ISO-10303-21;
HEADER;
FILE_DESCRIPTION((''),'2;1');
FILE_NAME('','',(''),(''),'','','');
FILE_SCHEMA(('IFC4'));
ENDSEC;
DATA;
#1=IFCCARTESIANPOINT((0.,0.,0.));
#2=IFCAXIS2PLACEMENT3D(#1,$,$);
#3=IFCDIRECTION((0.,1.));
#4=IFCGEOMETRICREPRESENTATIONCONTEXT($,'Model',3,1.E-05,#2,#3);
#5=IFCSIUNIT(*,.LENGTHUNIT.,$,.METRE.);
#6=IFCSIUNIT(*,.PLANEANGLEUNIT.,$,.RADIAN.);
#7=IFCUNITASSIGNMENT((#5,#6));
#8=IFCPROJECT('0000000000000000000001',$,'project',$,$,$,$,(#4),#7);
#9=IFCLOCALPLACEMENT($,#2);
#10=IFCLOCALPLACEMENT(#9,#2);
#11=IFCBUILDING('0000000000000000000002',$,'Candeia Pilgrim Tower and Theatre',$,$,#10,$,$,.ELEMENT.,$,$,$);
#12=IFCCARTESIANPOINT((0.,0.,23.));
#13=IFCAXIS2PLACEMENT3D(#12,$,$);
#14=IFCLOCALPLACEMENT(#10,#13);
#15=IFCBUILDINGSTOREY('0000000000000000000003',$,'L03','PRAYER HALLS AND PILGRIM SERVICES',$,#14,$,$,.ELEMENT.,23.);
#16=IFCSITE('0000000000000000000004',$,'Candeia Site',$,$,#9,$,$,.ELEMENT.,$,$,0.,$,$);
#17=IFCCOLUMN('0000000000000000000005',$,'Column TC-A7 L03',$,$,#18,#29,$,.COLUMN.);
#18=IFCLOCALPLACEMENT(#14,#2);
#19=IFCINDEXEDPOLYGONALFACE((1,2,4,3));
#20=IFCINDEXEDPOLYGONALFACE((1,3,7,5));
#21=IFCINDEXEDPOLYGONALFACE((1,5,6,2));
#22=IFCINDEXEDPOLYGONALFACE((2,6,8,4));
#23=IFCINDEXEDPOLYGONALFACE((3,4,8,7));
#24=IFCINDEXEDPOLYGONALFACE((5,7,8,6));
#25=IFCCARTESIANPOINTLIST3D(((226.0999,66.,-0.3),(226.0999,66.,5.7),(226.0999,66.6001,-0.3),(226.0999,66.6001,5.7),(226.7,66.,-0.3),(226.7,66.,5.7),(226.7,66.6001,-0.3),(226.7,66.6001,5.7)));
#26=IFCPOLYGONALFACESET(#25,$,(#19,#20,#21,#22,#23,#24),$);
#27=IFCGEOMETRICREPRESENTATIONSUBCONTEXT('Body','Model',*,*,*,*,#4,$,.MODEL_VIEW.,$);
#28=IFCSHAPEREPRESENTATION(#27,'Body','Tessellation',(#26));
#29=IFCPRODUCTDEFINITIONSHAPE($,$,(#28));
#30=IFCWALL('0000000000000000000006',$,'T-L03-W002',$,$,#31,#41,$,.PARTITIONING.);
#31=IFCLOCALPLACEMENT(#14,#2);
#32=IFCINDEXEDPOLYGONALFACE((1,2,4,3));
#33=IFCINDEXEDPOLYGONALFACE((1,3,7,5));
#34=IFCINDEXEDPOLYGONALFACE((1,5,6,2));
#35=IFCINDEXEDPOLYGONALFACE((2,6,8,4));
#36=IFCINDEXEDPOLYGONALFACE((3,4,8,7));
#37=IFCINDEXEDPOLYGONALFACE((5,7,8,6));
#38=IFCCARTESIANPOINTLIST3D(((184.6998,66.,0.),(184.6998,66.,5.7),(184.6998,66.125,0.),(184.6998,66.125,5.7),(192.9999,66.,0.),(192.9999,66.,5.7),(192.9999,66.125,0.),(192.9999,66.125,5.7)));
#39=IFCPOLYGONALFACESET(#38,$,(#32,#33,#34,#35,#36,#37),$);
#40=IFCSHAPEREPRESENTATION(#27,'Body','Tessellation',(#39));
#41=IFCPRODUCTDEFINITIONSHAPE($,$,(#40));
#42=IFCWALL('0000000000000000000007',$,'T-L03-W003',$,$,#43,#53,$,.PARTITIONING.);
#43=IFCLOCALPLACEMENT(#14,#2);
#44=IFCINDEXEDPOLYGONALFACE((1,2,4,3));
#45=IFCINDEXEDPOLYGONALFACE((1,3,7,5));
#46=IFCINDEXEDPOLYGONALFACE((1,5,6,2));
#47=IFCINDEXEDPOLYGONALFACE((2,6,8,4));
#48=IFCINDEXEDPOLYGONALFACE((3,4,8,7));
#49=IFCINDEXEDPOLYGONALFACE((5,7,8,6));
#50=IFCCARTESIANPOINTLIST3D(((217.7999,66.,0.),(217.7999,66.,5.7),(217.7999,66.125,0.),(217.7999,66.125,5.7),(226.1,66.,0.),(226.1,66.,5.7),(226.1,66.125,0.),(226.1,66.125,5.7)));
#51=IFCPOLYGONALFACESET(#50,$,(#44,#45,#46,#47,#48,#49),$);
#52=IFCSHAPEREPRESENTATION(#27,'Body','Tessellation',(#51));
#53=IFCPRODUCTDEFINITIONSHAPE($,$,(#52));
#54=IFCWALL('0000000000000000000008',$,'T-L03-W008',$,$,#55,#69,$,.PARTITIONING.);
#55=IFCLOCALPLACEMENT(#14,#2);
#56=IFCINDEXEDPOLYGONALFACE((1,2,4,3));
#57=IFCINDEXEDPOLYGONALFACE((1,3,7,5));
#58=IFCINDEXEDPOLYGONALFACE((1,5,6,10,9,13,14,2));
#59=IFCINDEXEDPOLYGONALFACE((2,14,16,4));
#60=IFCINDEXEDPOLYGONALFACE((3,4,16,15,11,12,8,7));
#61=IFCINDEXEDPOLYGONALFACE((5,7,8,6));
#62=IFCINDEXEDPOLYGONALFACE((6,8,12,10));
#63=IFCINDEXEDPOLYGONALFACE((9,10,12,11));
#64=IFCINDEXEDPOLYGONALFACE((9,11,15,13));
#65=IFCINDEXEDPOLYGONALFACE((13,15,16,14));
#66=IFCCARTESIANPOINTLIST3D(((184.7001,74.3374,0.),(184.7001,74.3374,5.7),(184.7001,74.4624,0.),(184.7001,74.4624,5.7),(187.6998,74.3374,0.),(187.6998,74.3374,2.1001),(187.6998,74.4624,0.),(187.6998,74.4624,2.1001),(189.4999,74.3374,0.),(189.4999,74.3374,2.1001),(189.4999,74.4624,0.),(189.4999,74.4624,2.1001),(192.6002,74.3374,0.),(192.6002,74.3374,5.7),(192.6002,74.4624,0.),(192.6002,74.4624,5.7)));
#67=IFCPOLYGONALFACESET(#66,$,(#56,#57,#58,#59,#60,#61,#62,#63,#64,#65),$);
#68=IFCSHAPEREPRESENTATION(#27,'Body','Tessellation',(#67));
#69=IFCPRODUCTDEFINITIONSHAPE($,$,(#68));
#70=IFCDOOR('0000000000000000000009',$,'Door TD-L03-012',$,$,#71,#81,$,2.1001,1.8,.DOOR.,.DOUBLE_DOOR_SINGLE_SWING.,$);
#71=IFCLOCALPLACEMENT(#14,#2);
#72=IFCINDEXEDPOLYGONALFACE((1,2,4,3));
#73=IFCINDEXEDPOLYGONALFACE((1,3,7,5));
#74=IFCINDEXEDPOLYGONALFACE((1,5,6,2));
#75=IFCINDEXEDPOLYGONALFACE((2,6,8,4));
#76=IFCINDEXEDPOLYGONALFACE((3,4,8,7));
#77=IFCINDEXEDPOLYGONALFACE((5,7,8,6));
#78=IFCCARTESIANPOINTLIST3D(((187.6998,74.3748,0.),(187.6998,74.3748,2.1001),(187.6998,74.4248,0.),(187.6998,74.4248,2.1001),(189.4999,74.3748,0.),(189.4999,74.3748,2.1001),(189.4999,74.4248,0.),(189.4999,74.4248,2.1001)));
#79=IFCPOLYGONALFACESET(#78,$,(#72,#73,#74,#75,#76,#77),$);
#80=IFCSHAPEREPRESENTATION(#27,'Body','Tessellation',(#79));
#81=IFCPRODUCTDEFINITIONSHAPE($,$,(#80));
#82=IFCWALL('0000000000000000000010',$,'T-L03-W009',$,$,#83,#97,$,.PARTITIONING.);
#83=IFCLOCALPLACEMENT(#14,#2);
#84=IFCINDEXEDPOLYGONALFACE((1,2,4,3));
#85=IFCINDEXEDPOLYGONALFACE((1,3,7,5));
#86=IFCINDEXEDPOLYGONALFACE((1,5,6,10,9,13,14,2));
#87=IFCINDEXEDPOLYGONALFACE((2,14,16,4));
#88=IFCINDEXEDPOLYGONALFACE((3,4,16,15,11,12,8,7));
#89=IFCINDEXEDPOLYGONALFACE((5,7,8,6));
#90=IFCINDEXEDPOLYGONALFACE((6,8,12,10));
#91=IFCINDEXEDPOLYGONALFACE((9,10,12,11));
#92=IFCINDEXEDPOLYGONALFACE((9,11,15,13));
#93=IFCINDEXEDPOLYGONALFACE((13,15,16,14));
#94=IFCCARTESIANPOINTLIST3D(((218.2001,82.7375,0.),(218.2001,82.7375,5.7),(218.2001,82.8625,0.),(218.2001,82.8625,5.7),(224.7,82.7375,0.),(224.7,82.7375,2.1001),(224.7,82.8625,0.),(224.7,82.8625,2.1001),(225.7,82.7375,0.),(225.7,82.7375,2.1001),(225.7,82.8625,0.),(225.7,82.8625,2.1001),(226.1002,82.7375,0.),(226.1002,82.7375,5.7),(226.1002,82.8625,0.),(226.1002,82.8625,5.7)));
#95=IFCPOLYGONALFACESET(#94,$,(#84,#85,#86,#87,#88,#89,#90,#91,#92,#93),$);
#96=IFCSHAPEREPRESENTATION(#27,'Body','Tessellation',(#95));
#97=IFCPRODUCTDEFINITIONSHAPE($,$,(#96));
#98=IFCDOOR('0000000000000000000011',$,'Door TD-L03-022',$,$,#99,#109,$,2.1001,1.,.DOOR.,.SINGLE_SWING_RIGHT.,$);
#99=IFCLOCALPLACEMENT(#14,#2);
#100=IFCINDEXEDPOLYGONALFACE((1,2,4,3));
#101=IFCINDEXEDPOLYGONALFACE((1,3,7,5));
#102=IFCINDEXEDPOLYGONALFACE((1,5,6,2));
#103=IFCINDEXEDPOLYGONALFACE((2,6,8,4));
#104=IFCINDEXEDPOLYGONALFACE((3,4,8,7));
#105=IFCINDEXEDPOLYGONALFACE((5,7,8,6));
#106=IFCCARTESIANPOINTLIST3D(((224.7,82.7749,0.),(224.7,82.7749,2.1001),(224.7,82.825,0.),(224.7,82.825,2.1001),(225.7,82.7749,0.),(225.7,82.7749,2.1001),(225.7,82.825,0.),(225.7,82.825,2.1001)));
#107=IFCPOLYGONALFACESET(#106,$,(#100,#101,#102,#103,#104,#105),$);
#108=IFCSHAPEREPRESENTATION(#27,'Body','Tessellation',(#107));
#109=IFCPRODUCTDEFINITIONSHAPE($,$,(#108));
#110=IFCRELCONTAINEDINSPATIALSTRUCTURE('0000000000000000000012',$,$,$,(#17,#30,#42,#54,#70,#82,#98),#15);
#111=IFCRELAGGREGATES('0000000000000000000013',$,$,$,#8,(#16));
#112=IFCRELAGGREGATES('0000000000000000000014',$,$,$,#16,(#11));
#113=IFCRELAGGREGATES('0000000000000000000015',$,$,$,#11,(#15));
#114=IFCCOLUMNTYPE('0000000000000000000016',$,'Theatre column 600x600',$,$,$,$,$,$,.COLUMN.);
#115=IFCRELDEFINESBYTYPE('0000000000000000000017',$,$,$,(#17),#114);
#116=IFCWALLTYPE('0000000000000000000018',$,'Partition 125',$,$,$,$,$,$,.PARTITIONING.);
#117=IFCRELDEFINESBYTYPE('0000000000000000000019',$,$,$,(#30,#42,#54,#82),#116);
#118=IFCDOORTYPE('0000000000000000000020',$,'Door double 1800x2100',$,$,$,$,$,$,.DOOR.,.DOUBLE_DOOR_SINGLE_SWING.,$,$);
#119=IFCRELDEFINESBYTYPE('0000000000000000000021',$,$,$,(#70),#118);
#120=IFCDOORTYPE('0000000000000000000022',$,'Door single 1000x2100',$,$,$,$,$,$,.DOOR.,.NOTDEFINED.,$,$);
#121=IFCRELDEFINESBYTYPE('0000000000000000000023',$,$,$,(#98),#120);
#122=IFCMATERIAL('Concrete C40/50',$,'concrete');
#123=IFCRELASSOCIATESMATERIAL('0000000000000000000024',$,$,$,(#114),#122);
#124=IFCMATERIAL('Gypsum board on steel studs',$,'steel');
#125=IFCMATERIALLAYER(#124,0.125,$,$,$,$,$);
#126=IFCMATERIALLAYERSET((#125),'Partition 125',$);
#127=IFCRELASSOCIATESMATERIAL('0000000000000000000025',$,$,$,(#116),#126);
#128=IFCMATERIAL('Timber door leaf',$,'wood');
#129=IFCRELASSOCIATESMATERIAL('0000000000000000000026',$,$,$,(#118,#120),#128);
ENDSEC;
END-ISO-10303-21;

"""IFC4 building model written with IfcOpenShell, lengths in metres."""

from ifc_helpers import new_model, si_unit, direction, frame, frame_2d, origin, origin_2d, place, context, subcontext, project, spatial, rectangle, extrude, material, layer, layer_set, material_profile, profile_set, type_object, element, fill, save


model = new_model("IFC4")

# Units and contexts
model_context = context("Model", 3, precision=1e-05, world=origin(), true_north=direction((0.0, 1.0)))
body_context = subcontext(model_context, "Body", "Model", "MODEL_VIEW")
ifc_project = project(units=[si_unit("LENGTHUNIT", "METRE"), si_unit("PLANEANGLEUNIT", "RADIAN")], contexts=[model_context])

# Site, building, storey
site_placement = place(None, origin())
site = spatial("IfcSite", under=ifc_project, at=site_placement, Name="Candeia Site", CompositionType="ELEMENT", RefElevation=0.0)
building_placement = place(site_placement, origin())
building = spatial("IfcBuilding", under=site, at=building_placement, Name="Candeia Pilgrim Tower and Theatre", CompositionType="ELEMENT")
storey_placement = place(building_placement, frame((0.0, 0.0, 23.0)))
storey = spatial("IfcBuildingStorey", under=building, at=storey_placement, Name="L03", Description="PRAYER HALLS AND PILGRIM SERVICES", CompositionType="ELEMENT", Elevation=23.0)

# Column
ifc_material_1 = material(Name="Concrete C40/50", Category="concrete")
ifc_material_profile = material_profile(ifc_material_1, rectangle(XDim=0.6001, YDim=0.6001, at=origin_2d()))
ifc_profile_set = profile_set([ifc_material_profile], Name="Concrete C40/50")
column_type = type_object("IfcColumnType", Name="Theatre column 600x600", PredefinedType="COLUMN", material=ifc_profile_set)
column_placement = place(storey_placement, frame((226.3999, 66.3, -0.3), z_axis=(0.0, 0.0, 1.0), x_axis=(1.0, 0.0, 0.0)))
element("IfcColumn", 1, at=column_placement, inside=storey, type_object=column_type, Name="Column TC-A7 L03", PredefinedType="COLUMN", context=body_context, shape_type="SweptSolid", body=[
    extrude(rectangle(XDim=0.6001, YDim=0.6001, at=origin_2d()), origin(), (0.0, 0.0, 1.0), 6.0),
])

# Walls
ifc_material_2 = material(Name="Gypsum board on steel studs", Category="steel")
ifc_layer_1 = layer(ifc_material_2, 0.125)
ifc_layer_set_1 = layer_set([ifc_layer_1], Name="Partition 125")
wall_type_1 = type_object("IfcWallType", Name="Partition 125", PredefinedType="PARTITIONING", material=ifc_layer_set_1)
for number, where, z_axis, x_axis, name in (
    (2, (184.7, 66.0625, 0.0), (0.0, 0.0, 1.0), (1.0, 0.0, 0.0), "T-L03-W002"),
    (3, (217.8, 66.0625, 0.0), (0.0, 0.0, 1.0), (1.0, 0.0, 0.0), "T-L03-W003"),
):
    element("IfcWall", number, at=place(storey_placement, frame(where, z_axis=z_axis, x_axis=x_axis)), inside=storey, type_object=wall_type_1, Name=name, PredefinedType="PARTITIONING", context=body_context, shape_type="SweptSolid", body=[
        extrude(rectangle(XDim=8.3, YDim=0.125, at=frame_2d((4.1499, 0.0))), origin(), (0.0, 0.0, 1.0), 5.7),
    ])

# Walls, openings, doors
wall_1_placement = place(storey_placement, frame((184.7, 74.3999, 0.0), z_axis=(0.0, 0.0, 1.0), x_axis=(1.0, 0.0, 0.0)))
wall_1 = element("IfcWall", 4, at=wall_1_placement, inside=storey, type_object=wall_type_1, Name="T-L03-W008", PredefinedType="PARTITIONING", context=body_context, shape_type="SweptSolid", body=[
    extrude(rectangle(XDim=7.9001, YDim=0.125, at=frame_2d((3.9502, 0.0))), origin(), (0.0, 0.0, 1.0), 5.7),
])
opening_1_placement = place(wall_1_placement, frame((3.0, 0.0, 0.0)))
opening_1 = element("IfcOpeningElement", 5, at=opening_1_placement, cuts=wall_1, PredefinedType="OPENING", context=body_context, shape_type="SweptSolid", body=[
    extrude(rectangle(XDim=1.8, YDim=2.1001, at=frame_2d((0.8999, 1.05))), frame((0.0, 0.0725, 0.0), z_axis=(0.0, -1.0, 0.0), x_axis=(1.0, 0.0, 0.0)), (0.0, 0.0, 1.0), 0.145),
])
ifc_material_3 = material(Name="Timber door leaf", Category="wood")
door_type_1 = type_object("IfcDoorType", Name="Door double 1800x2100", OperationType="DOUBLE_DOOR_SINGLE_SWING", PredefinedType="DOOR", material=ifc_material_3)
door_1_placement = place(opening_1_placement, origin())
door_1 = element("IfcDoor", 6, at=door_1_placement, inside=storey, type_object=door_type_1, Name="Door TD-L03-012", OperationType="DOUBLE_DOOR_SINGLE_SWING", OverallHeight=2.1001, OverallWidth=1.8, PredefinedType="DOOR", context=body_context, shape_type="SweptSolid", body=[
    extrude(rectangle(XDim=1.8, YDim=2.1001, at=frame_2d((0.8999, 1.05))), frame((0.0, 0.0249, 0.0), z_axis=(0.0, -1.0, 0.0), x_axis=(1.0, 0.0, 0.0)), (0.0, 0.0, 1.0), 0.05),
])
fill(opening_1, door_1)
wall_2_placement = place(storey_placement, frame((218.2, 82.8, 0.0), z_axis=(0.0, 0.0, 1.0), x_axis=(1.0, 0.0, 0.0)))
wall_2 = element("IfcWall", 7, at=wall_2_placement, inside=storey, type_object=wall_type_1, Name="T-L03-W009", PredefinedType="PARTITIONING", context=body_context, shape_type="SweptSolid", body=[
    extrude(rectangle(XDim=7.9001, YDim=0.125, at=frame_2d((3.9502, 0.0))), origin(), (0.0, 0.0, 1.0), 5.7),
])
opening_2_placement = place(wall_2_placement, frame((6.5, 0.0, 0.0)))
opening_2 = element("IfcOpeningElement", 8, at=opening_2_placement, cuts=wall_2, PredefinedType="OPENING", context=body_context, shape_type="SweptSolid", body=[
    extrude(rectangle(XDim=1.0, YDim=2.1001, at=frame_2d((0.5, 1.05))), frame((0.0, 0.0725, 0.0), z_axis=(0.0, -1.0, 0.0), x_axis=(1.0, 0.0, 0.0)), (0.0, 0.0, 1.0), 0.145),
])
door_type_2 = type_object("IfcDoorType", Name="Door single 1000x2100", OperationType="NOTDEFINED", PredefinedType="DOOR", material=ifc_material_3)
door_2_placement = place(opening_2_placement, origin())
door_2 = element("IfcDoor", 9, at=door_2_placement, inside=storey, type_object=door_type_2, Name="Door TD-L03-022", OperationType="SINGLE_SWING_RIGHT", OverallHeight=2.1001, OverallWidth=1.0, PredefinedType="DOOR", context=body_context, shape_type="SweptSolid", body=[
    extrude(rectangle(XDim=1.0, YDim=2.1001, at=frame_2d((0.5, 1.05))), frame((0.0, 0.0249, 0.0), z_axis=(0.0, -1.0, 0.0), x_axis=(1.0, 0.0, 0.0)), (0.0, 0.0, 1.0), 0.05),
])
fill(opening_2, door_2)

save(model, "model.ifc")
